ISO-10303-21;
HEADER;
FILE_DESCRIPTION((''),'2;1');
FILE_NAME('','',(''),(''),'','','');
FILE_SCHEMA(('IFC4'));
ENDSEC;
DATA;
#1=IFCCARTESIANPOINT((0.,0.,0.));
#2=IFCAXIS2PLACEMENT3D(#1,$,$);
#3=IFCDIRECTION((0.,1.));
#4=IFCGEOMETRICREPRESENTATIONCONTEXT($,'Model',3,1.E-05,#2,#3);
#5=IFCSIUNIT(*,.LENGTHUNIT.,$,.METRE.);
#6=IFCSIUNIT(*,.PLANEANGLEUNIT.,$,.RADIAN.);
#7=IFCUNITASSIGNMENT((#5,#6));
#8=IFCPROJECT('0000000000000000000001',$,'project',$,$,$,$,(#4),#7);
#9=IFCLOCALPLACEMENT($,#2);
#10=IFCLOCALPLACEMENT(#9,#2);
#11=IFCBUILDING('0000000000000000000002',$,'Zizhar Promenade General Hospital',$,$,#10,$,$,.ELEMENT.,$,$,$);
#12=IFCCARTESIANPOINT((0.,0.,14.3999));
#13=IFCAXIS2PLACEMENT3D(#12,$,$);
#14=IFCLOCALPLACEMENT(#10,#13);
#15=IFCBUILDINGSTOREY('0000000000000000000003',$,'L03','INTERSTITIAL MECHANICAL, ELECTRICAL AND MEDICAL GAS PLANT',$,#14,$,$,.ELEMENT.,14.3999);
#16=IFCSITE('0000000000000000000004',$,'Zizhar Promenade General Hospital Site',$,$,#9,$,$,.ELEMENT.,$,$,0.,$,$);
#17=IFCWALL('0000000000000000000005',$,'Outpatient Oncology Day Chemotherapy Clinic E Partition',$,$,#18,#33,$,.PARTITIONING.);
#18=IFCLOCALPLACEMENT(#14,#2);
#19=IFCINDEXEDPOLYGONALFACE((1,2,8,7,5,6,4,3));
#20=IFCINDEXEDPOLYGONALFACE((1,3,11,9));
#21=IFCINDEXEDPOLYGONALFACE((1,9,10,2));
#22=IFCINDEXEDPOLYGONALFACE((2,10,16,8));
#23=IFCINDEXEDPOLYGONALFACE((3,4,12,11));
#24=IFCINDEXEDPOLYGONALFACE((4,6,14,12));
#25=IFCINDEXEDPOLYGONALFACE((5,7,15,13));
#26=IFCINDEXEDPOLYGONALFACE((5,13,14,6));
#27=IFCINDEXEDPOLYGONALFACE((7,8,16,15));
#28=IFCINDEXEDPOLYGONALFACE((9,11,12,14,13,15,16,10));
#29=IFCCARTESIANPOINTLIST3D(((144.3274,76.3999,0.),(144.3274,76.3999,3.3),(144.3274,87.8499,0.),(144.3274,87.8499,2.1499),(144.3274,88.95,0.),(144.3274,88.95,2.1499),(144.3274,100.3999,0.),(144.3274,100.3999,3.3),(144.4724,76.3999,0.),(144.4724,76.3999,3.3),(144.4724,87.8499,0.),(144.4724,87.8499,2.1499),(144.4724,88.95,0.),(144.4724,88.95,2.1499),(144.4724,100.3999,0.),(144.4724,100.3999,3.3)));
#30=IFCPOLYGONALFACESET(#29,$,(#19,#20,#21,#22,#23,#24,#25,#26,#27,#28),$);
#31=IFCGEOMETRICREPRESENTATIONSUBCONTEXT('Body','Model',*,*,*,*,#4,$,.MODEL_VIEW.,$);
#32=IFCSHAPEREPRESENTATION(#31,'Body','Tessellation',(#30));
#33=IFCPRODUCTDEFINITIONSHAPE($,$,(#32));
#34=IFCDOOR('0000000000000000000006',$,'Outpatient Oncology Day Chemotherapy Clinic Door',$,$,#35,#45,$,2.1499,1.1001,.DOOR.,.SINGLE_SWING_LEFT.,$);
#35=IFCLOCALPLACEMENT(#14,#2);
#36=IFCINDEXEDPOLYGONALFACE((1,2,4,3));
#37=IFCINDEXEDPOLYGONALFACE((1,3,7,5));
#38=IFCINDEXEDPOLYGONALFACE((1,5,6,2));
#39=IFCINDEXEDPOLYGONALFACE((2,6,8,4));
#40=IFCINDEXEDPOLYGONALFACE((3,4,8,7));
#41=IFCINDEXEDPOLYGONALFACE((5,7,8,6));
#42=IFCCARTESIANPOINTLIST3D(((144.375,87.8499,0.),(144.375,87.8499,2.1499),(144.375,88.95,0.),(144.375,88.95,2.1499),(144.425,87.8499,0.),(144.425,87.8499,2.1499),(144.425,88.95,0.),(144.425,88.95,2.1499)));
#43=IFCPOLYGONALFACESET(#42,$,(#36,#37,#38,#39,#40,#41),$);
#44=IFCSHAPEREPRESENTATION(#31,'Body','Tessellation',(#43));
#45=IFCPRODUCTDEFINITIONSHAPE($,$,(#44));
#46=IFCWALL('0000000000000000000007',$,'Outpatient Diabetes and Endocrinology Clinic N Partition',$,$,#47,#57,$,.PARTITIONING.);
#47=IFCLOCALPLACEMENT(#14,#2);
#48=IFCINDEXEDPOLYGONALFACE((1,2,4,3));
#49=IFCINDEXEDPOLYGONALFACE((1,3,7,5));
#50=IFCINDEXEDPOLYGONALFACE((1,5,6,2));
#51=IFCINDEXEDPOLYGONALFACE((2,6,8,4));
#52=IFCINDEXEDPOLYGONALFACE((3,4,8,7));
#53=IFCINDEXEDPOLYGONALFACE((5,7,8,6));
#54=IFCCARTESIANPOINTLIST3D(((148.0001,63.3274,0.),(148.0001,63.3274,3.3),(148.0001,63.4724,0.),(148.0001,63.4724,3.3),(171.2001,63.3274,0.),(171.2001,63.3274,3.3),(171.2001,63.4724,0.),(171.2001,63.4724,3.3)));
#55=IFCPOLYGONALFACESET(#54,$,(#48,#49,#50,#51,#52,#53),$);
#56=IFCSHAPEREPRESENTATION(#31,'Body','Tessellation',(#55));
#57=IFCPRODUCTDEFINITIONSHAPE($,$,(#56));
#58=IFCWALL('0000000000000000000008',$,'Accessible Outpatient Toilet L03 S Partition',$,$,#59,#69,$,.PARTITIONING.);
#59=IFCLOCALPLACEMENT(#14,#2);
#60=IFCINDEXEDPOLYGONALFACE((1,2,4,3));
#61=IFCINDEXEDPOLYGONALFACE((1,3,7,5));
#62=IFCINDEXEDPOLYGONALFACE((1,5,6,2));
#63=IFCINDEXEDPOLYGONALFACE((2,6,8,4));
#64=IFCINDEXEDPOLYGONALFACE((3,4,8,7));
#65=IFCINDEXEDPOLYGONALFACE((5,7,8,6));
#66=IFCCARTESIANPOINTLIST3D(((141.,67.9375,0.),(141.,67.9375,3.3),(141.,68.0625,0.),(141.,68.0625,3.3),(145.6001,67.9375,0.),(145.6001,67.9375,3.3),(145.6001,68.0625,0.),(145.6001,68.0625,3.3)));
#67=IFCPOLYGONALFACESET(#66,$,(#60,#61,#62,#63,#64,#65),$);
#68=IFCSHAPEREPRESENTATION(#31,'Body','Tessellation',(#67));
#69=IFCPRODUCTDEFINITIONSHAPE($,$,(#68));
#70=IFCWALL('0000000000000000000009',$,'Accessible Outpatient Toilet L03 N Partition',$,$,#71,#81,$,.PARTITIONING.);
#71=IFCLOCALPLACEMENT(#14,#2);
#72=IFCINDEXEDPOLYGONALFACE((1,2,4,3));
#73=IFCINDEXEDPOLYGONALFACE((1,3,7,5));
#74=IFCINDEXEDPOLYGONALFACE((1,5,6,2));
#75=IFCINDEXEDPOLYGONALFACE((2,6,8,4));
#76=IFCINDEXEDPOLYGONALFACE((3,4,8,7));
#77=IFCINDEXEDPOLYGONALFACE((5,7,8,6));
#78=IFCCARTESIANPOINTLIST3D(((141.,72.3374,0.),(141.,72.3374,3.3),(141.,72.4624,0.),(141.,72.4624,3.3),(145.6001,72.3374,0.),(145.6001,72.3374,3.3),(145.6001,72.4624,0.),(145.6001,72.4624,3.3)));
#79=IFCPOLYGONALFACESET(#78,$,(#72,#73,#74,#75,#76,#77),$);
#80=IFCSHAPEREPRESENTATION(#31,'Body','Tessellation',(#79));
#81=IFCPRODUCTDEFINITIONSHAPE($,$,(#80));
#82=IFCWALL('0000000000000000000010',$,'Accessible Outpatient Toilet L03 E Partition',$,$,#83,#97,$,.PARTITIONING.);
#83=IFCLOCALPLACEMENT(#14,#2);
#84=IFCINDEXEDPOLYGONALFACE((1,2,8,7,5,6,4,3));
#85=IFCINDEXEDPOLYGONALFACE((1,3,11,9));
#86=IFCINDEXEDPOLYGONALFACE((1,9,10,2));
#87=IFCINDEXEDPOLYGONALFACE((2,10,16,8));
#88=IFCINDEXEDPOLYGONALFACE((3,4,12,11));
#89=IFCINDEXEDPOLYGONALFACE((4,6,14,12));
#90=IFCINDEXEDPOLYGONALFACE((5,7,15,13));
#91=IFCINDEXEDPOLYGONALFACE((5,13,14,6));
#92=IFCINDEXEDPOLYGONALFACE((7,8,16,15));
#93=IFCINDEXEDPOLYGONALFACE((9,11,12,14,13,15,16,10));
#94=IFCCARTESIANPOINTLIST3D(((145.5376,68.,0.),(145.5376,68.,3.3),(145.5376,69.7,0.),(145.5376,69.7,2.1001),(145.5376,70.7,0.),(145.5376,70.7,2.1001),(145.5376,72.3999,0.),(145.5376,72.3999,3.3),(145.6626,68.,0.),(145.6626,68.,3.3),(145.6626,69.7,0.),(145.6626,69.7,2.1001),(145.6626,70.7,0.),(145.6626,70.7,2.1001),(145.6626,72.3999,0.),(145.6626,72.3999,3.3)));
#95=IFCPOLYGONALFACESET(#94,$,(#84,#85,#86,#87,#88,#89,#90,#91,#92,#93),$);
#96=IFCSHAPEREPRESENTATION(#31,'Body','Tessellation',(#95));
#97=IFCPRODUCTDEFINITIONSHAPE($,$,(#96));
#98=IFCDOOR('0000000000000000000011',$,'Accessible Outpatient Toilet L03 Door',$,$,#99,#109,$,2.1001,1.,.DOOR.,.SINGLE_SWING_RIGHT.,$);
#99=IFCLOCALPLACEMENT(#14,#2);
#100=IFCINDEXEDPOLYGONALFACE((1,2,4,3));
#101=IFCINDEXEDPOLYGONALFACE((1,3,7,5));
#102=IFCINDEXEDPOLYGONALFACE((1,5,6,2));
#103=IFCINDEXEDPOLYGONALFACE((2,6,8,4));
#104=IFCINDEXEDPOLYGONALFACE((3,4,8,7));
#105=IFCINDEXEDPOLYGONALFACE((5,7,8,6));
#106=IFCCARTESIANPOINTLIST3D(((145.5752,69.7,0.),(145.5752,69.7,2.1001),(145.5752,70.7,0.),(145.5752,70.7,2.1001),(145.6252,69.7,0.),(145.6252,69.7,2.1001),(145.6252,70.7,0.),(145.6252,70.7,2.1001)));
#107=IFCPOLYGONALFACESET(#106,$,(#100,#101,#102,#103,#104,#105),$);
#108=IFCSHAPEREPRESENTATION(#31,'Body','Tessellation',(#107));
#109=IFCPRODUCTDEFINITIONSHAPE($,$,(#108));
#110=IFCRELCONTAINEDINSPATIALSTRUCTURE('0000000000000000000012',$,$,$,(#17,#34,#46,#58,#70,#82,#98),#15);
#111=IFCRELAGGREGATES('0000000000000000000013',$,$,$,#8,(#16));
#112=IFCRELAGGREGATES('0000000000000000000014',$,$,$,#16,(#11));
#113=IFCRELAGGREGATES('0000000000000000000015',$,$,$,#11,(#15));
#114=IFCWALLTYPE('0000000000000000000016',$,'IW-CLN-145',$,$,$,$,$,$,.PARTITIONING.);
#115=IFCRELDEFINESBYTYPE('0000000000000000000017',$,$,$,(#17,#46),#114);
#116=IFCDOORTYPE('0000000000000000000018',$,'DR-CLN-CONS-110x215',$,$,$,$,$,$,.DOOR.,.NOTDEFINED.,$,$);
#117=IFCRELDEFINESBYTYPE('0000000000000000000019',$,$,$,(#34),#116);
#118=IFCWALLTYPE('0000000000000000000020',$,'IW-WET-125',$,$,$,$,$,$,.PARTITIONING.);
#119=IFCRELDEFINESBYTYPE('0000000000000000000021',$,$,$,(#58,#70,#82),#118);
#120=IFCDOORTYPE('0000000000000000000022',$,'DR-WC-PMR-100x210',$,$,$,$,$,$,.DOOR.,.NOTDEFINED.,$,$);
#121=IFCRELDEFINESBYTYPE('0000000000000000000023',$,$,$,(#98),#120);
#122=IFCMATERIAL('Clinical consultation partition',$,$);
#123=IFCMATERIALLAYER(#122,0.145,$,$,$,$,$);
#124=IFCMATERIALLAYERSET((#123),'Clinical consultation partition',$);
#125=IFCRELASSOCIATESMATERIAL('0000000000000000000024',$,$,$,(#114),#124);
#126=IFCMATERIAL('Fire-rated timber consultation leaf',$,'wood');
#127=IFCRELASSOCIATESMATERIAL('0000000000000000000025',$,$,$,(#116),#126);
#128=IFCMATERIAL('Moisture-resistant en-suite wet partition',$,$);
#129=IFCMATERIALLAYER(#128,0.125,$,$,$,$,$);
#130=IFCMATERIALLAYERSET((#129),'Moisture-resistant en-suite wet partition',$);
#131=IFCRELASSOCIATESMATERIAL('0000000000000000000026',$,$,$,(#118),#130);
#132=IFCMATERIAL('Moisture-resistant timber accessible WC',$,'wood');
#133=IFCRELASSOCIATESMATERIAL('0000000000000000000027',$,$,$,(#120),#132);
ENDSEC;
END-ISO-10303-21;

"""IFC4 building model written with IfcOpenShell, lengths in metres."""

from ifc_helpers import new_model, si_unit, direction, frame, frame_2d, origin, place, context, subcontext, project, spatial, rectangle, extrude, material, layer, layer_set, type_object, element, fill, save


model = new_model("IFC4")

# Units and contexts
model_context = context("Model", 3, precision=1e-05, world=origin(), true_north=direction((0.0, 1.0)))
body_context = subcontext(model_context, "Body", "Model", "MODEL_VIEW")
ifc_project = project(units=[si_unit("LENGTHUNIT", "METRE"), si_unit("PLANEANGLEUNIT", "RADIAN")], contexts=[model_context])

# Site, building, storey
site_placement = place(None, origin())
site = spatial("IfcSite", under=ifc_project, at=site_placement, Name="Zizhar Promenade General Hospital Site", CompositionType="ELEMENT", RefElevation=0.0)
building_placement = place(site_placement, origin())
building = spatial("IfcBuilding", under=site, at=building_placement, Name="Zizhar Promenade General Hospital", CompositionType="ELEMENT")
storey_placement = place(building_placement, frame((0.0, 0.0, 14.3999)))
storey = spatial("IfcBuildingStorey", under=building, at=storey_placement, Name="L03", Description="INTERSTITIAL MECHANICAL, ELECTRICAL AND MEDICAL GAS PLANT", CompositionType="ELEMENT", Elevation=14.3999)

# Shared definitions
ifc_material_1 = material(Name="Clinical consultation partition")
ifc_layer_1 = layer(ifc_material_1, 0.145)
ifc_layer_set_1 = layer_set([ifc_layer_1], Name="Clinical consultation partition")
wall_type_1 = type_object("IfcWallType", Name="IW-CLN-145", PredefinedType="PARTITIONING", material=ifc_layer_set_1)

# Wall, opening, door
wall_1_placement = place(storey_placement, frame((144.3999, 76.3999, 0.0), z_axis=(0.0, 0.0, 1.0), x_axis=(0.0, 1.0, 0.0)))
wall_1 = element("IfcWall", 1, at=wall_1_placement, inside=storey, type_object=wall_type_1, Name="Outpatient Oncology Day Chemotherapy Clinic E Partition", PredefinedType="PARTITIONING", context=body_context, shape_type="SweptSolid", body=[
    extrude(rectangle(XDim=24.0, YDim=0.145, at=frame_2d((12.0, 0.0))), origin(), (0.0, 0.0, 1.0), 3.3),
])
opening_1_placement = place(wall_1_placement, frame((11.45, 0.0, 0.0)))
opening_1 = element("IfcOpeningElement", 2, at=opening_1_placement, cuts=wall_1, PredefinedType="OPENING", context=body_context, shape_type="SweptSolid", body=[
    extrude(rectangle(XDim=1.1001, YDim=2.1499, at=frame_2d((0.55, 1.075))), frame((0.0, 0.0825, 0.0), z_axis=(0.0, -1.0, 0.0), x_axis=(1.0, 0.0, 0.0)), (0.0, 0.0, 1.0), 0.165),
])
ifc_material_2 = material(Name="Fire-rated timber consultation leaf", Category="wood")
door_type_1 = type_object("IfcDoorType", Name="DR-CLN-CONS-110x215", OperationType="NOTDEFINED", PredefinedType="DOOR", material=ifc_material_2)
door_1_placement = place(opening_1_placement, origin())
door_1 = element("IfcDoor", 3, at=door_1_placement, inside=storey, type_object=door_type_1, Name="Outpatient Oncology Day Chemotherapy Clinic Door", OperationType="SINGLE_SWING_LEFT", OverallHeight=2.1499, OverallWidth=1.1001, PredefinedType="DOOR", context=body_context, shape_type="SweptSolid", body=[
    extrude(rectangle(XDim=1.1001, YDim=2.1499, at=frame_2d((0.55, 1.075))), frame((0.0, 0.0249, 0.0), z_axis=(0.0, -1.0, 0.0), x_axis=(1.0, 0.0, 0.0)), (0.0, 0.0, 1.0), 0.05),
])
fill(opening_1, door_1)

# Walls
wall_2_placement = place(storey_placement, frame((148.0, 63.3999, 0.0), z_axis=(0.0, 0.0, 1.0), x_axis=(1.0, 0.0, 0.0)))
element("IfcWall", 4, at=wall_2_placement, inside=storey, type_object=wall_type_1, Name="Outpatient Diabetes and Endocrinology Clinic N Partition", PredefinedType="PARTITIONING", context=body_context, shape_type="SweptSolid", body=[
    extrude(rectangle(XDim=23.2, YDim=0.145, at=frame_2d((11.6001, 0.0))), origin(), (0.0, 0.0, 1.0), 3.3),
])
ifc_material_3 = material(Name="Moisture-resistant en-suite wet partition")
ifc_layer_2 = layer(ifc_material_3, 0.125)
ifc_layer_set_2 = layer_set([ifc_layer_2], Name="Moisture-resistant en-suite wet partition")
wall_type_2 = type_object("IfcWallType", Name="IW-WET-125", PredefinedType="PARTITIONING", material=ifc_layer_set_2)
for number, where, z_axis, x_axis, name in (
    (5, (141.0, 68.0, 0.0), (0.0, 0.0, 1.0), (1.0, 0.0, 0.0), "Accessible Outpatient Toilet L03 S Partition"),
    (6, (141.0, 72.3999, 0.0), (0.0, 0.0, 1.0), (1.0, 0.0, 0.0), "Accessible Outpatient Toilet L03 N Partition"),
):
    element("IfcWall", number, at=place(storey_placement, frame(where, z_axis=z_axis, x_axis=x_axis)), inside=storey, type_object=wall_type_2, Name=name, PredefinedType="PARTITIONING", context=body_context, shape_type="SweptSolid", body=[
        extrude(rectangle(XDim=4.6001, YDim=0.125, at=frame_2d((2.3, 0.0))), origin(), (0.0, 0.0, 1.0), 3.3),
    ])

# Wall, opening, door
wall_3_placement = place(storey_placement, frame((145.6001, 68.0, 0.0), z_axis=(0.0, 0.0, 1.0), x_axis=(0.0, 1.0, 0.0)))
wall_3 = element("IfcWall", 7, at=wall_3_placement, inside=storey, type_object=wall_type_2, Name="Accessible Outpatient Toilet L03 E Partition", PredefinedType="PARTITIONING", context=body_context, shape_type="SweptSolid", body=[
    extrude(rectangle(XDim=4.3999, YDim=0.125, at=frame_2d((2.2, 0.0))), origin(), (0.0, 0.0, 1.0), 3.3),
])
opening_2_placement = place(wall_3_placement, frame((1.7, 0.0, 0.0)))
opening_2 = element("IfcOpeningElement", 8, at=opening_2_placement, cuts=wall_3, PredefinedType="OPENING", context=body_context, shape_type="SweptSolid", body=[
    extrude(rectangle(XDim=1.0, YDim=2.1001, at=frame_2d((0.5, 1.05))), frame((0.0, 0.0725, 0.0), z_axis=(0.0, -1.0, 0.0), x_axis=(1.0, 0.0, 0.0)), (0.0, 0.0, 1.0), 0.145),
])
ifc_material_4 = material(Name="Moisture-resistant timber accessible WC", Category="wood")
door_type_2 = type_object("IfcDoorType", Name="DR-WC-PMR-100x210", OperationType="NOTDEFINED", PredefinedType="DOOR", material=ifc_material_4)
door_2_placement = place(opening_2_placement, origin())
door_2 = element("IfcDoor", 9, at=door_2_placement, inside=storey, type_object=door_type_2, Name="Accessible Outpatient Toilet L03 Door", OperationType="SINGLE_SWING_RIGHT", OverallHeight=2.1001, OverallWidth=1.0, PredefinedType="DOOR", context=body_context, shape_type="SweptSolid", body=[
    extrude(rectangle(XDim=1.0, YDim=2.1001, at=frame_2d((0.5, 1.05))), frame((0.0, 0.0249, 0.0), z_axis=(0.0, -1.0, 0.0), x_axis=(1.0, 0.0, 0.0)), (0.0, 0.0, 1.0), 0.05),
])
fill(opening_2, door_2)

save(model, "model.ifc")
